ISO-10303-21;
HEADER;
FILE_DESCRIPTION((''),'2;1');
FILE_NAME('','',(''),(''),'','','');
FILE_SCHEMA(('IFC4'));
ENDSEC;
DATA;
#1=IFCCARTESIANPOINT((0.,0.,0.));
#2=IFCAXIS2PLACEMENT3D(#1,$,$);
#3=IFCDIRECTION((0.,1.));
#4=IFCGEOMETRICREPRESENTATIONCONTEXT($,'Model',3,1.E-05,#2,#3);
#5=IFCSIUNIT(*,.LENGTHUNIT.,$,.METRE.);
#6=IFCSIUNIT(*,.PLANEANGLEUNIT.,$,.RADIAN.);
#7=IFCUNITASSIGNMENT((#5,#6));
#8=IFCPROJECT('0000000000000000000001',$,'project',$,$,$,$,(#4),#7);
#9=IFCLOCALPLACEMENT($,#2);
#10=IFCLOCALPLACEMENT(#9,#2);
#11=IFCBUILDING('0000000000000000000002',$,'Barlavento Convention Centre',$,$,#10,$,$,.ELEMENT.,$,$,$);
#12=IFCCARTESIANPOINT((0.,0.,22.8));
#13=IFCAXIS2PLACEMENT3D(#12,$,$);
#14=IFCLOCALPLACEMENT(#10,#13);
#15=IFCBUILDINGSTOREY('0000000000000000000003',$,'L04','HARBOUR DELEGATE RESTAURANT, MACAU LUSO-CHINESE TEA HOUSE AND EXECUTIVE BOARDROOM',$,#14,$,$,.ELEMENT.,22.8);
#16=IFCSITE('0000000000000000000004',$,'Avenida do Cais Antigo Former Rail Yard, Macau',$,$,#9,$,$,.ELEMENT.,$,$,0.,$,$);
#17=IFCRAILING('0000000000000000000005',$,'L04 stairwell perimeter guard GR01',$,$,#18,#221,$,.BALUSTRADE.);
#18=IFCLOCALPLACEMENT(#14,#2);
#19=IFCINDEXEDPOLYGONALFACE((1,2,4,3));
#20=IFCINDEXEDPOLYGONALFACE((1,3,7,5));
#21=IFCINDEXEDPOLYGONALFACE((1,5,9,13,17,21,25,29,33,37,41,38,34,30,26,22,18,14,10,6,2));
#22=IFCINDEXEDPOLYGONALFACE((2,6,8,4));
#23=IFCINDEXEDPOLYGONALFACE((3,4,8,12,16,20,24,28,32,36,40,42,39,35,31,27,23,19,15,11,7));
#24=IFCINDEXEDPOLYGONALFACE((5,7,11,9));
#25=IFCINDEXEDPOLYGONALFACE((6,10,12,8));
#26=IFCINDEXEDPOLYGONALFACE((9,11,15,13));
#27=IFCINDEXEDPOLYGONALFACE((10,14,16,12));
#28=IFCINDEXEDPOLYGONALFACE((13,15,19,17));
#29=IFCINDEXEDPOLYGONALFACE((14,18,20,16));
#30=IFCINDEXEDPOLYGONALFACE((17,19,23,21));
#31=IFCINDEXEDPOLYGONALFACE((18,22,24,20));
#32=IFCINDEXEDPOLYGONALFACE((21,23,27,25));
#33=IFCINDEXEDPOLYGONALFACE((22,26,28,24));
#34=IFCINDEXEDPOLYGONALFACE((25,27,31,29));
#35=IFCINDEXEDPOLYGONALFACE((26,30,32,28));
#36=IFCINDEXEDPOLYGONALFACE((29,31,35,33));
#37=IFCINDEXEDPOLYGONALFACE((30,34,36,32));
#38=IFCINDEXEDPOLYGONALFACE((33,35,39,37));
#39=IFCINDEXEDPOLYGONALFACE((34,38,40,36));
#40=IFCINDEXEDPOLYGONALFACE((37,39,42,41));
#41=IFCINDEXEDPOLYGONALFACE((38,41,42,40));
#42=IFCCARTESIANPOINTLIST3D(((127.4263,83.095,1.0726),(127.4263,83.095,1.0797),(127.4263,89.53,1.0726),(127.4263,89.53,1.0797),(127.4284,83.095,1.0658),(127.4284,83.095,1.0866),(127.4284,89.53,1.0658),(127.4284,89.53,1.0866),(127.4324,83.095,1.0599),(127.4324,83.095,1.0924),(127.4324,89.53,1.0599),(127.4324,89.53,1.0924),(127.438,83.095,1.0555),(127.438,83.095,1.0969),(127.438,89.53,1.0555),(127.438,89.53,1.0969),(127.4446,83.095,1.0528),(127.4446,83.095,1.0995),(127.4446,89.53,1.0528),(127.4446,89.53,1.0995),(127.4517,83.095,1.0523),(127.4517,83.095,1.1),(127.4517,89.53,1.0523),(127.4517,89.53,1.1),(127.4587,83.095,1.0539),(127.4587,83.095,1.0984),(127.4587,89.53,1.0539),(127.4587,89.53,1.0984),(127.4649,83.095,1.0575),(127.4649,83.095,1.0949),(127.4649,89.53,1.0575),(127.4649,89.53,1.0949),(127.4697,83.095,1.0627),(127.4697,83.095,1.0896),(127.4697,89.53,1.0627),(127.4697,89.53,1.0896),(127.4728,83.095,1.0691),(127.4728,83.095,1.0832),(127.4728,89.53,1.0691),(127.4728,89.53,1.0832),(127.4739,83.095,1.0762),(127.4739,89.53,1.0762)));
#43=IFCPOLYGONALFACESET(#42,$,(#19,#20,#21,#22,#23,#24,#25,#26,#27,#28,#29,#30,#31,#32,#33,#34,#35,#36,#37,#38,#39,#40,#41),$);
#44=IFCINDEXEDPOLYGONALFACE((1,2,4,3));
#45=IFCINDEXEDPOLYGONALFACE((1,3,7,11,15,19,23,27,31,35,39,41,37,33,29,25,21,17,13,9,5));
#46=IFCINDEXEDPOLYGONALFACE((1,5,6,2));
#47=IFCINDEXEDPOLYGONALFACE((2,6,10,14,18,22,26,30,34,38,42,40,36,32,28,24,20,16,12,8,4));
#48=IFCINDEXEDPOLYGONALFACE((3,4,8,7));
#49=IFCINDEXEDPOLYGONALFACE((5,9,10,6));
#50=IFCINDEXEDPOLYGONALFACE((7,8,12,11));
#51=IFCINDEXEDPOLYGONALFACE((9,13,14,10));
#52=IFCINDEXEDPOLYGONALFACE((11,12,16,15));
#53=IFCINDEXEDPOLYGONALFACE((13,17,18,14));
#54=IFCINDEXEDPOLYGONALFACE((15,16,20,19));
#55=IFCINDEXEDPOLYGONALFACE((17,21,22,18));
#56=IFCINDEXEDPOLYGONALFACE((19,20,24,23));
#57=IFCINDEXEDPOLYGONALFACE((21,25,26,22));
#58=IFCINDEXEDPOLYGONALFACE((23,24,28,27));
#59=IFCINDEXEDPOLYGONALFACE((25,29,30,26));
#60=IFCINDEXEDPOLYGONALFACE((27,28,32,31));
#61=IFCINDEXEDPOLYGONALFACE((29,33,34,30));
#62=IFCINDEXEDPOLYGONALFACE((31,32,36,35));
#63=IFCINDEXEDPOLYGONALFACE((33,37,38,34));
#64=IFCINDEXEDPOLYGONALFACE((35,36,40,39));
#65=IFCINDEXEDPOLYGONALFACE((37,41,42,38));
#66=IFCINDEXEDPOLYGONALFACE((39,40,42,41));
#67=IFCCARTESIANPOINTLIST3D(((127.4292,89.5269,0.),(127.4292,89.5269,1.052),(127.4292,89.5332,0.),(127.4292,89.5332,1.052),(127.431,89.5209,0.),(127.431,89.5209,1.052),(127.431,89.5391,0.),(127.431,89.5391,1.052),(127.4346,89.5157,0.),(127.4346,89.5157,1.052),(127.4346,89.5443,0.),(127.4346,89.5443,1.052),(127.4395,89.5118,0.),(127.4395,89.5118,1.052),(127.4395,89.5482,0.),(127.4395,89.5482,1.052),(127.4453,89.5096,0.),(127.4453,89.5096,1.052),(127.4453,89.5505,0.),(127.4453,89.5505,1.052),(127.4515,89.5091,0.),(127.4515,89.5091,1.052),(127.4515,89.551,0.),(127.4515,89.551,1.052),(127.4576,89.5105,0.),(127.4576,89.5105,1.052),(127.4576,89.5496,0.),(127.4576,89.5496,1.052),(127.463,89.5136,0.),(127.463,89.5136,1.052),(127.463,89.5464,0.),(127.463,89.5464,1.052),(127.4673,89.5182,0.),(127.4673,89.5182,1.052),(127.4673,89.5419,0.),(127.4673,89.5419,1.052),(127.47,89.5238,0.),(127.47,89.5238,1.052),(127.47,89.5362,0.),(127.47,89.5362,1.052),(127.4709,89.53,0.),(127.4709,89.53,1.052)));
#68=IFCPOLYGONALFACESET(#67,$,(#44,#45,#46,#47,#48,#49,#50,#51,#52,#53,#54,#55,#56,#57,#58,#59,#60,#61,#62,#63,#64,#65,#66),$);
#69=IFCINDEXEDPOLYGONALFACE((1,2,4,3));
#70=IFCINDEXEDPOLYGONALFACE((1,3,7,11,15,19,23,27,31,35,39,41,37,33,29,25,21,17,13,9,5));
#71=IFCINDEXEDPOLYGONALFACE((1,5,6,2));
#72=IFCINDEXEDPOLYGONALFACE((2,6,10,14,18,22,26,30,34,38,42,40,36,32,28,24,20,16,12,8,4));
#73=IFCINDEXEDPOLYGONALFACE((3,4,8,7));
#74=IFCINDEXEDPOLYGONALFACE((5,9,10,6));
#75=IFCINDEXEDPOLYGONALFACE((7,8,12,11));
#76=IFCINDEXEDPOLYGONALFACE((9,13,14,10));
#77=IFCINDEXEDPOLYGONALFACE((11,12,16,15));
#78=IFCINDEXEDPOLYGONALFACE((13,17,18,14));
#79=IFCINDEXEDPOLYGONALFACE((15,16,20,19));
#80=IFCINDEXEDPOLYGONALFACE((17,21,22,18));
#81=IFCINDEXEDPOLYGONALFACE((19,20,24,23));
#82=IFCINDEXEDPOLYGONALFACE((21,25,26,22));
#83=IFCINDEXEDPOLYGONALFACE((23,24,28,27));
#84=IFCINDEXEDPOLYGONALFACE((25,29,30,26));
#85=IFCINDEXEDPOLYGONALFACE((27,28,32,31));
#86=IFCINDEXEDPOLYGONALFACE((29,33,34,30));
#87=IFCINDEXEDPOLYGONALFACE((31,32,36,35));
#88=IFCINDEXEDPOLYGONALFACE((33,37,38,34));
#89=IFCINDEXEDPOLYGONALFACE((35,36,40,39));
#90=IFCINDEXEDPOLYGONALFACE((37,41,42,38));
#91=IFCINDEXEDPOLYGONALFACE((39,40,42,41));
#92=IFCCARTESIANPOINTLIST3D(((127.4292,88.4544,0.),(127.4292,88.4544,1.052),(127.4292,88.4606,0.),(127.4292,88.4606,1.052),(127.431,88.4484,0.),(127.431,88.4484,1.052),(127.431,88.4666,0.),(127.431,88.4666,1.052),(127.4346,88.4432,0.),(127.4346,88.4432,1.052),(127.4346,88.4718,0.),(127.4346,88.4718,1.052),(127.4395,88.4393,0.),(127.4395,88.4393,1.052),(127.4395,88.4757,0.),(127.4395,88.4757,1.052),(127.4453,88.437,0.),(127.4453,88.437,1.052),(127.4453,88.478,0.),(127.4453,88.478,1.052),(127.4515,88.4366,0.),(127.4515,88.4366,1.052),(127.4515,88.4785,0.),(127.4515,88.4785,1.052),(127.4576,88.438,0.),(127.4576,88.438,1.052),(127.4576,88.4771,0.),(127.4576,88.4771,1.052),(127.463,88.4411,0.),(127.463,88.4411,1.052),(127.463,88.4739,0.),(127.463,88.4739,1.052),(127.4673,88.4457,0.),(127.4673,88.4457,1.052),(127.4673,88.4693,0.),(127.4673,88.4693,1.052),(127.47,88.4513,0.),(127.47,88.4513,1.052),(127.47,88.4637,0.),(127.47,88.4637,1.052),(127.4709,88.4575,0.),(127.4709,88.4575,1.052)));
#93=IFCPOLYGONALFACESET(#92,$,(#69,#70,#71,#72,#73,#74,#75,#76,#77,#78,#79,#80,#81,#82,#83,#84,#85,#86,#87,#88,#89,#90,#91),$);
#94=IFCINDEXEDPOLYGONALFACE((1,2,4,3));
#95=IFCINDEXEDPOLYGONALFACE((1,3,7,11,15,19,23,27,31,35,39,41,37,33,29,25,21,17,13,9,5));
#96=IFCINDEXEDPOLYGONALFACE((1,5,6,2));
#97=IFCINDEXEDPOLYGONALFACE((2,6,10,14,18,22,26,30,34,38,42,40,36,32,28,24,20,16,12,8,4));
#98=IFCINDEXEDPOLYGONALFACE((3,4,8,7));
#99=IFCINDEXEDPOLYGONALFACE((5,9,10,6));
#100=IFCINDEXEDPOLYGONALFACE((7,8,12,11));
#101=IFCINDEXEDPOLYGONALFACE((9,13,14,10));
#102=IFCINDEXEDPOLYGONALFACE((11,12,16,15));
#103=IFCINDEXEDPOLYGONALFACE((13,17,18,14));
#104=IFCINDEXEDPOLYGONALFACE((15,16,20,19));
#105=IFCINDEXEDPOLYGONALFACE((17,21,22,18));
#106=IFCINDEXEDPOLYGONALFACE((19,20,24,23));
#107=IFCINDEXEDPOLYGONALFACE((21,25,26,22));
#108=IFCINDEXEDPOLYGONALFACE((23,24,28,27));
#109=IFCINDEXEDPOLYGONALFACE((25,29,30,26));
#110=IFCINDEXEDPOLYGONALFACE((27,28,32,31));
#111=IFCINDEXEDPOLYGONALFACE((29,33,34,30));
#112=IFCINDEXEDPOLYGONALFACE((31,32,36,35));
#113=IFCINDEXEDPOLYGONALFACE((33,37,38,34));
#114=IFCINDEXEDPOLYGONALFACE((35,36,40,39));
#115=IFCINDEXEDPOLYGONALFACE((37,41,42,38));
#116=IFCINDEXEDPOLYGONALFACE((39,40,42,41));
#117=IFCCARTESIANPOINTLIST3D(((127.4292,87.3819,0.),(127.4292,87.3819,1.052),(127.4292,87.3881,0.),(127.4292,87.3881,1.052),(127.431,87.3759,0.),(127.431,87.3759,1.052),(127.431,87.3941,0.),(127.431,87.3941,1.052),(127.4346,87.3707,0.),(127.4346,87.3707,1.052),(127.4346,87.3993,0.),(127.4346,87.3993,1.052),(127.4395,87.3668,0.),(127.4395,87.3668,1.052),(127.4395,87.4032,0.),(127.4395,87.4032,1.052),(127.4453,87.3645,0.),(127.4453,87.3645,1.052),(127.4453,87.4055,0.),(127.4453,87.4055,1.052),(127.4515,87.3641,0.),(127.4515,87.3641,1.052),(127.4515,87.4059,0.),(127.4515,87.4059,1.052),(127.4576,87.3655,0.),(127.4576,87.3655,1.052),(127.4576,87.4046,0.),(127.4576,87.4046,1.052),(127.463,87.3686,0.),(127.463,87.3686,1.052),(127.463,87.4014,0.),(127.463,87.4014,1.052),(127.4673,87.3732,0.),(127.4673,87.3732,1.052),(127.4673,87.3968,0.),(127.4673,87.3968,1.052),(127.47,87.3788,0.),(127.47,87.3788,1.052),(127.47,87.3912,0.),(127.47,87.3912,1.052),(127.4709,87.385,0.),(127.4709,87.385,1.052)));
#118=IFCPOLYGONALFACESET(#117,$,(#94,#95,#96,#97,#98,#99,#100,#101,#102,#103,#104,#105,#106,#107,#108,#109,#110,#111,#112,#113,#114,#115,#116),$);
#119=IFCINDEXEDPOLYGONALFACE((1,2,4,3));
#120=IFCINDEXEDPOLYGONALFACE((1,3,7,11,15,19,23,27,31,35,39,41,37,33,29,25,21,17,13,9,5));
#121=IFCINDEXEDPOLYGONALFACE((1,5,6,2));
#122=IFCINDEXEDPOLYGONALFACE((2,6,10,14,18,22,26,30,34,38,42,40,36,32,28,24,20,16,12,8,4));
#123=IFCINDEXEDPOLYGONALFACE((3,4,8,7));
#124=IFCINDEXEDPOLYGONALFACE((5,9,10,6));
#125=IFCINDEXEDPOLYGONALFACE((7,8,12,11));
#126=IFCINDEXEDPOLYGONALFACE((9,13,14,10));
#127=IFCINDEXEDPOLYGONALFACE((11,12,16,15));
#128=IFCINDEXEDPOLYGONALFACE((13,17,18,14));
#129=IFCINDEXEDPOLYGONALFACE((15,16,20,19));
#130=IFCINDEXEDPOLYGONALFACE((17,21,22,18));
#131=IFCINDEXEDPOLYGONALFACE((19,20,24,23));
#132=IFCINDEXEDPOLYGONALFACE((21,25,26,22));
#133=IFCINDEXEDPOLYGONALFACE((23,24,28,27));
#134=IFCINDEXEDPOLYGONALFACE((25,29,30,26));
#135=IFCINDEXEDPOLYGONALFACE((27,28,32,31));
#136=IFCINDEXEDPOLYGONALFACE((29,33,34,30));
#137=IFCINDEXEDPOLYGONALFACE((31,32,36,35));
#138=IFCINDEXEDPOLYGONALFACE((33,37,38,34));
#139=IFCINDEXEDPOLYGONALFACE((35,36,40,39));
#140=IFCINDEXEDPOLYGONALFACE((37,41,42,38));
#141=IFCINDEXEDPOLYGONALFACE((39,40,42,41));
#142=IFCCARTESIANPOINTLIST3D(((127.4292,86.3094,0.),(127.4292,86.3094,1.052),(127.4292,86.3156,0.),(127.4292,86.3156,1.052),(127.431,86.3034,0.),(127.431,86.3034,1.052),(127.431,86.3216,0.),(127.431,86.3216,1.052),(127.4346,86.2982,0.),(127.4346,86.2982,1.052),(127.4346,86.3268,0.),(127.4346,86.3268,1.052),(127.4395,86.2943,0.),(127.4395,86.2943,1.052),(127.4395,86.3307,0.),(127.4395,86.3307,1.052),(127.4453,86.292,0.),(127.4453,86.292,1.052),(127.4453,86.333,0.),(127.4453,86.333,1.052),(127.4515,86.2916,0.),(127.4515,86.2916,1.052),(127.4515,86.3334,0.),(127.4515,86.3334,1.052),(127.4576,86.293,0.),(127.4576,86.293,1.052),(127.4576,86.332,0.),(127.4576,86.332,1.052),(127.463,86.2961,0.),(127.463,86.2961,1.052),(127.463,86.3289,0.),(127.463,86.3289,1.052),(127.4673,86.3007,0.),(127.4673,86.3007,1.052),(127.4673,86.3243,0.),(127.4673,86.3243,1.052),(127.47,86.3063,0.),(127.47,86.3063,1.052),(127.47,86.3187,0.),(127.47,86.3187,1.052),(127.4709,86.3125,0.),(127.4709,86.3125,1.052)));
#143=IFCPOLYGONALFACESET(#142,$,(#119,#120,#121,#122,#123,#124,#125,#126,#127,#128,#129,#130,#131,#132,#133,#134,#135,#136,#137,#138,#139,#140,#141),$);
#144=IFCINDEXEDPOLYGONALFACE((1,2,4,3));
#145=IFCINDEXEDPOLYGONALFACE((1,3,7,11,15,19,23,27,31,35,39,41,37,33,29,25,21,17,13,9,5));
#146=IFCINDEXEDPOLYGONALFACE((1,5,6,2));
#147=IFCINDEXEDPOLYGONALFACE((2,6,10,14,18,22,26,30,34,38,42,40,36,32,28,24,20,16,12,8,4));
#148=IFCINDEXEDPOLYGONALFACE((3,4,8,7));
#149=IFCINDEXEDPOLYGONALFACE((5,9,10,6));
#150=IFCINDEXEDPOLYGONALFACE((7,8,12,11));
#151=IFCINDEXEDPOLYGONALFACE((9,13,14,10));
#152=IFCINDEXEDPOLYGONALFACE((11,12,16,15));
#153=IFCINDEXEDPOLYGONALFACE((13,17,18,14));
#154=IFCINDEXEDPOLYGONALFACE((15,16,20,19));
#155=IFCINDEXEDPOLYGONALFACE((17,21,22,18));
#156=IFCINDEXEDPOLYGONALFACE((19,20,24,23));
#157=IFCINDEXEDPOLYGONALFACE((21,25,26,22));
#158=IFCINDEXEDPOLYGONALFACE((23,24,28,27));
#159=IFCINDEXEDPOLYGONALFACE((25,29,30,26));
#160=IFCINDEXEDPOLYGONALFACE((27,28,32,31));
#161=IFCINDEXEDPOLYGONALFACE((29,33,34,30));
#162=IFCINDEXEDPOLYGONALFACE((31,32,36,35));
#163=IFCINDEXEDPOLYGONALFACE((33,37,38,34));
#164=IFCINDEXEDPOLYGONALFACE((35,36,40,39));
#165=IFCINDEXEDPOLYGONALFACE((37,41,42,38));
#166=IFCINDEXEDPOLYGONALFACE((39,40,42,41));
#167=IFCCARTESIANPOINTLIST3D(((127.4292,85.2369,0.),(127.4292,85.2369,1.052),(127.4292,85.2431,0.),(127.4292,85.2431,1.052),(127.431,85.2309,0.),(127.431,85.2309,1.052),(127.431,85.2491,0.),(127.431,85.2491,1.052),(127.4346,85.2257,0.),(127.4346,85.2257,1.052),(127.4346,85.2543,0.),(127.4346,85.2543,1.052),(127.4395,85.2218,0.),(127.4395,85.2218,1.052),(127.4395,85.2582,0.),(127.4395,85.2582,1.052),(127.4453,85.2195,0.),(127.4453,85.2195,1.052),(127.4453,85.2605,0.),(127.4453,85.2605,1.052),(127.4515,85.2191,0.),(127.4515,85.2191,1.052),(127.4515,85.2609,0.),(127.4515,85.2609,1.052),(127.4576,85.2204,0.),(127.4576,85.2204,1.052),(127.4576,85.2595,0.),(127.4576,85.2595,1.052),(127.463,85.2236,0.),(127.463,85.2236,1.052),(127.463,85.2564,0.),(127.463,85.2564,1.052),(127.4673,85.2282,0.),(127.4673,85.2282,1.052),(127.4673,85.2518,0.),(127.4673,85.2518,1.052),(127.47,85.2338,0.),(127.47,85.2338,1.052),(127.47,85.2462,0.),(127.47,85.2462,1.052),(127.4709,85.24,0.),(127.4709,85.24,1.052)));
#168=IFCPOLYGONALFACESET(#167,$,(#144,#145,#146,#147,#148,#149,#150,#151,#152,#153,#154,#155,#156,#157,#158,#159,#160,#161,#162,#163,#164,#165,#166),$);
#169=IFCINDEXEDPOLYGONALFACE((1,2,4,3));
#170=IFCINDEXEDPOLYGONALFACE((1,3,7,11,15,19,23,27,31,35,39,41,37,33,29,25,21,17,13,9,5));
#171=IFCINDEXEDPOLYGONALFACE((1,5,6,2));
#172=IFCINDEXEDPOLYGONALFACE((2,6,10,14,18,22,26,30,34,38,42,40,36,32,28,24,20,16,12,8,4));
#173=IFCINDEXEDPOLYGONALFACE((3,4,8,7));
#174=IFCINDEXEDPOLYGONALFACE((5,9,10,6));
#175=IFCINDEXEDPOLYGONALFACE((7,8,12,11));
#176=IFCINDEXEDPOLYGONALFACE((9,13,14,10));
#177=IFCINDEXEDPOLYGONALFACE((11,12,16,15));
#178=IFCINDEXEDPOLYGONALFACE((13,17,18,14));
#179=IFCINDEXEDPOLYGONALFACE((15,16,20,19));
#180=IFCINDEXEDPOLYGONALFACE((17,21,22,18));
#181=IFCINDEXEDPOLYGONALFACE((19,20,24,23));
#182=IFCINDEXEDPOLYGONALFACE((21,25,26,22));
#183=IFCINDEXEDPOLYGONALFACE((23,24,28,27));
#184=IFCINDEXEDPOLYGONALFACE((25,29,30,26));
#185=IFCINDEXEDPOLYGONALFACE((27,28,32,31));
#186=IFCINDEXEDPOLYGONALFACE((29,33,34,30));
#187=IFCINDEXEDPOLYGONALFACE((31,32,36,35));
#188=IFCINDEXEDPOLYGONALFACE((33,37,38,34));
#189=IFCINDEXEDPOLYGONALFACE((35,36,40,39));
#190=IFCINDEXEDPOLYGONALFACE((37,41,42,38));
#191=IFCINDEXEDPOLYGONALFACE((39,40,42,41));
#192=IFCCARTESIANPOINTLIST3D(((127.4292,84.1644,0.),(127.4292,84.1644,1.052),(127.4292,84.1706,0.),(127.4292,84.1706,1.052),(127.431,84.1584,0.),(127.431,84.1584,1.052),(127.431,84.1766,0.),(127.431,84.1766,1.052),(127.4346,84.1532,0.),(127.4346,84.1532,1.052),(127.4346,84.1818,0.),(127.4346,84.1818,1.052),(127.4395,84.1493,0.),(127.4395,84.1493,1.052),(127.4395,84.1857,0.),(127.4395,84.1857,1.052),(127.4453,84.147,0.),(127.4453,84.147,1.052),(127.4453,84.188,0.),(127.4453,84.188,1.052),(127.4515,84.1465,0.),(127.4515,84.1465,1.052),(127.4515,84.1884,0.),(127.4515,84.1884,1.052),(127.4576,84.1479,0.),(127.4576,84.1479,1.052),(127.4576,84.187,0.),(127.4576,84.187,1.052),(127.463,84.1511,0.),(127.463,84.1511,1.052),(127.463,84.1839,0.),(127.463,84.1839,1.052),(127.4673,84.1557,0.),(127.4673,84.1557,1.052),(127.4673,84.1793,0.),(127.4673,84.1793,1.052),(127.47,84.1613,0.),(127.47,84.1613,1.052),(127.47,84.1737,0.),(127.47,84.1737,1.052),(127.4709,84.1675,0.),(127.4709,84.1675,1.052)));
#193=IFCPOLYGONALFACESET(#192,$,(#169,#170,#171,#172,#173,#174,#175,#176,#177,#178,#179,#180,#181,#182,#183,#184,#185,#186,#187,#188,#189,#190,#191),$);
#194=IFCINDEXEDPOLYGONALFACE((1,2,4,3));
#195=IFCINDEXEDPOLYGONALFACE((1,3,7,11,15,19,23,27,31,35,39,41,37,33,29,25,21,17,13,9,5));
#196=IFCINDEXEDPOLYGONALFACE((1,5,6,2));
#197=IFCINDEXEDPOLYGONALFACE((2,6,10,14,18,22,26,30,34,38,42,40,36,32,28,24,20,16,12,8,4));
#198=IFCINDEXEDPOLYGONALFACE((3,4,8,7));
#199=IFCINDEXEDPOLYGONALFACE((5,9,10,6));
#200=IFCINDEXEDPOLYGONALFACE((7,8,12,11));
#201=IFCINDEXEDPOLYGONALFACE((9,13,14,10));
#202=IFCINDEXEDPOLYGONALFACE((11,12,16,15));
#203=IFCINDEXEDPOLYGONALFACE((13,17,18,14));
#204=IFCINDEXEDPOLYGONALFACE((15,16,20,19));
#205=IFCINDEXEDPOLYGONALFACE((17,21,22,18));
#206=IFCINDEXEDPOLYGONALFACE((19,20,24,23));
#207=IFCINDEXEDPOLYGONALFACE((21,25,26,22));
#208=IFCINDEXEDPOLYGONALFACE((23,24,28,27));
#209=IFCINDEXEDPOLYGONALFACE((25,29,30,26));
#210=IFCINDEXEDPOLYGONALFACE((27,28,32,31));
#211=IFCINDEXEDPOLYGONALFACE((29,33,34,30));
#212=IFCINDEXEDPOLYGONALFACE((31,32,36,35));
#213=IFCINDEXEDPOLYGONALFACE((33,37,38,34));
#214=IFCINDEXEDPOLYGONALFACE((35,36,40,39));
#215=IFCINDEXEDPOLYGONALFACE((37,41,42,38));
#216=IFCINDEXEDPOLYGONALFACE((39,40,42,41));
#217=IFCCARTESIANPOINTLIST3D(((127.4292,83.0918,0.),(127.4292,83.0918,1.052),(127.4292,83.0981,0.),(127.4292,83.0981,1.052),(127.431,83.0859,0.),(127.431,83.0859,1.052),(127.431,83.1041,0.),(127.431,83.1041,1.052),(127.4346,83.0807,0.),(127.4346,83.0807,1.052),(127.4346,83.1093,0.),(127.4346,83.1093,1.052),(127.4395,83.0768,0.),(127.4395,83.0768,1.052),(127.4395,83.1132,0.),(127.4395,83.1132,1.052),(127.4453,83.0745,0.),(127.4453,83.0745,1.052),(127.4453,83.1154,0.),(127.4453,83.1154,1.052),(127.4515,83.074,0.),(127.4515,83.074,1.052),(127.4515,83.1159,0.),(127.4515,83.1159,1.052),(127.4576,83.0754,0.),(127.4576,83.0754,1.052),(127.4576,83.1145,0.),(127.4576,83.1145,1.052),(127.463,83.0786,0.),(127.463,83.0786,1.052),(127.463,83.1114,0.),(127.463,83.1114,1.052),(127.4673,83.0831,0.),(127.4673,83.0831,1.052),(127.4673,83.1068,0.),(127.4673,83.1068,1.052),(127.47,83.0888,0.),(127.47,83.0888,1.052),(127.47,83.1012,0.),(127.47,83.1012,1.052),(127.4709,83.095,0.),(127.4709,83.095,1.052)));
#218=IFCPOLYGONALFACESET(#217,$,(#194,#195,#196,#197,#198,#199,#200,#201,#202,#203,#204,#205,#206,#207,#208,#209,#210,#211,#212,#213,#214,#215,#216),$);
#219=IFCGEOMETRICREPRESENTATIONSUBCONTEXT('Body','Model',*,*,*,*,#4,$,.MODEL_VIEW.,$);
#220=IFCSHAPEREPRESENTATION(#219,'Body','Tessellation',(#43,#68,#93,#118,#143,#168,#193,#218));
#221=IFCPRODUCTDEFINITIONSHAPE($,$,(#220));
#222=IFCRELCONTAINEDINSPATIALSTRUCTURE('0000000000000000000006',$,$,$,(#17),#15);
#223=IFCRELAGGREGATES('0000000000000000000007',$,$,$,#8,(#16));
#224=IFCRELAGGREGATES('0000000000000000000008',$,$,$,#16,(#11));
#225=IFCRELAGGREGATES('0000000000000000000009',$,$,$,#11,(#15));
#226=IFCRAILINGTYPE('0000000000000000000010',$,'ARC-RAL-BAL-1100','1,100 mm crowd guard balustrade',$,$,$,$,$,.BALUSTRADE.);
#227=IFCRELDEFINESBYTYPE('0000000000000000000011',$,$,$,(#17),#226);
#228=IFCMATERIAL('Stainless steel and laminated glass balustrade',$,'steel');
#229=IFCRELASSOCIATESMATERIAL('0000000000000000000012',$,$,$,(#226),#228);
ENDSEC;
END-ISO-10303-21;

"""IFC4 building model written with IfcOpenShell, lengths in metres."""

from ifc_helpers import new_model, si_unit, direction, frame, origin, origin_2d, place, context, subcontext, project, spatial, circle, extrude, material, type_object, element, save


model = new_model("IFC4")

# Units and contexts
model_context = context("Model", 3, precision=1e-05, world=origin(), true_north=direction((0.0, 1.0)))
body_context = subcontext(model_context, "Body", "Model", "MODEL_VIEW")
ifc_project = project(units=[si_unit("LENGTHUNIT", "METRE"), si_unit("PLANEANGLEUNIT", "RADIAN")], contexts=[model_context])

# Site, building, storey
site_placement = place(None, origin())
site = spatial("IfcSite", under=ifc_project, at=site_placement, Name="Avenida do Cais Antigo Former Rail Yard, Macau", CompositionType="ELEMENT", RefElevation=0.0)
building_placement = place(site_placement, origin())
building = spatial("IfcBuilding", under=site, at=building_placement, Name="Barlavento Convention Centre", CompositionType="ELEMENT")
storey_placement = place(building_placement, frame((0.0, 0.0, 22.8)))
storey = spatial("IfcBuildingStorey", under=building, at=storey_placement, Name="L04", Description="HARBOUR DELEGATE RESTAURANT, MACAU LUSO-CHINESE TEA HOUSE AND EXECUTIVE BOARDROOM", CompositionType="ELEMENT", Elevation=22.8)

# Railing
ifc_material_1 = material(Name="Stainless steel and laminated glass balustrade", Category="steel")
railing_type_1 = type_object("IfcRailingType", Name="ARC-RAL-BAL-1100", Description="1,100 mm crowd guard balustrade", PredefinedType="BALUSTRADE", material=ifc_material_1)
railing_1_placement = place(storey_placement, frame((127.45, 89.53, 0.0)))
element("IfcRailing", 1, at=railing_1_placement, inside=storey, type_object=railing_type_1, Name="L04 stairwell perimeter guard GR01", PredefinedType="BALUSTRADE", context=body_context, shape_type="SweptSolid", body=[
    extrude(circle(Radius=0.0239, at=origin_2d()), frame((0.0, 0.0, 1.0762), z_axis=(0.0, -1.0, 0.0), x_axis=(1.0, 0.0, 0.0)), (0.0, 0.0, 1.0), 6.4351),
    extrude(circle(Radius=0.021, at=origin_2d()), origin(), (0.0, 0.0, 1.0), 1.052),
    extrude(circle(Radius=0.021, at=origin_2d()), frame((0.0, -1.0725, 0.0)), (0.0, 0.0, 1.0), 1.052),
    extrude(circle(Radius=0.021, at=origin_2d()), frame((0.0, -2.145, 0.0)), (0.0, 0.0, 1.0), 1.052),
    extrude(circle(Radius=0.021, at=origin_2d()), frame((0.0, -3.2175, 0.0)), (0.0, 0.0, 1.0), 1.052),
    extrude(circle(Radius=0.021, at=origin_2d()), frame((0.0, -4.29, 0.0)), (0.0, 0.0, 1.0), 1.052),
    extrude(circle(Radius=0.021, at=origin_2d()), frame((0.0, -5.3625, 0.0)), (0.0, 0.0, 1.0), 1.052),
    extrude(circle(Radius=0.021, at=origin_2d()), frame((0.0, -6.4351, 0.0)), (0.0, 0.0, 1.0), 1.052),
])

save(model, "model.ifc")
